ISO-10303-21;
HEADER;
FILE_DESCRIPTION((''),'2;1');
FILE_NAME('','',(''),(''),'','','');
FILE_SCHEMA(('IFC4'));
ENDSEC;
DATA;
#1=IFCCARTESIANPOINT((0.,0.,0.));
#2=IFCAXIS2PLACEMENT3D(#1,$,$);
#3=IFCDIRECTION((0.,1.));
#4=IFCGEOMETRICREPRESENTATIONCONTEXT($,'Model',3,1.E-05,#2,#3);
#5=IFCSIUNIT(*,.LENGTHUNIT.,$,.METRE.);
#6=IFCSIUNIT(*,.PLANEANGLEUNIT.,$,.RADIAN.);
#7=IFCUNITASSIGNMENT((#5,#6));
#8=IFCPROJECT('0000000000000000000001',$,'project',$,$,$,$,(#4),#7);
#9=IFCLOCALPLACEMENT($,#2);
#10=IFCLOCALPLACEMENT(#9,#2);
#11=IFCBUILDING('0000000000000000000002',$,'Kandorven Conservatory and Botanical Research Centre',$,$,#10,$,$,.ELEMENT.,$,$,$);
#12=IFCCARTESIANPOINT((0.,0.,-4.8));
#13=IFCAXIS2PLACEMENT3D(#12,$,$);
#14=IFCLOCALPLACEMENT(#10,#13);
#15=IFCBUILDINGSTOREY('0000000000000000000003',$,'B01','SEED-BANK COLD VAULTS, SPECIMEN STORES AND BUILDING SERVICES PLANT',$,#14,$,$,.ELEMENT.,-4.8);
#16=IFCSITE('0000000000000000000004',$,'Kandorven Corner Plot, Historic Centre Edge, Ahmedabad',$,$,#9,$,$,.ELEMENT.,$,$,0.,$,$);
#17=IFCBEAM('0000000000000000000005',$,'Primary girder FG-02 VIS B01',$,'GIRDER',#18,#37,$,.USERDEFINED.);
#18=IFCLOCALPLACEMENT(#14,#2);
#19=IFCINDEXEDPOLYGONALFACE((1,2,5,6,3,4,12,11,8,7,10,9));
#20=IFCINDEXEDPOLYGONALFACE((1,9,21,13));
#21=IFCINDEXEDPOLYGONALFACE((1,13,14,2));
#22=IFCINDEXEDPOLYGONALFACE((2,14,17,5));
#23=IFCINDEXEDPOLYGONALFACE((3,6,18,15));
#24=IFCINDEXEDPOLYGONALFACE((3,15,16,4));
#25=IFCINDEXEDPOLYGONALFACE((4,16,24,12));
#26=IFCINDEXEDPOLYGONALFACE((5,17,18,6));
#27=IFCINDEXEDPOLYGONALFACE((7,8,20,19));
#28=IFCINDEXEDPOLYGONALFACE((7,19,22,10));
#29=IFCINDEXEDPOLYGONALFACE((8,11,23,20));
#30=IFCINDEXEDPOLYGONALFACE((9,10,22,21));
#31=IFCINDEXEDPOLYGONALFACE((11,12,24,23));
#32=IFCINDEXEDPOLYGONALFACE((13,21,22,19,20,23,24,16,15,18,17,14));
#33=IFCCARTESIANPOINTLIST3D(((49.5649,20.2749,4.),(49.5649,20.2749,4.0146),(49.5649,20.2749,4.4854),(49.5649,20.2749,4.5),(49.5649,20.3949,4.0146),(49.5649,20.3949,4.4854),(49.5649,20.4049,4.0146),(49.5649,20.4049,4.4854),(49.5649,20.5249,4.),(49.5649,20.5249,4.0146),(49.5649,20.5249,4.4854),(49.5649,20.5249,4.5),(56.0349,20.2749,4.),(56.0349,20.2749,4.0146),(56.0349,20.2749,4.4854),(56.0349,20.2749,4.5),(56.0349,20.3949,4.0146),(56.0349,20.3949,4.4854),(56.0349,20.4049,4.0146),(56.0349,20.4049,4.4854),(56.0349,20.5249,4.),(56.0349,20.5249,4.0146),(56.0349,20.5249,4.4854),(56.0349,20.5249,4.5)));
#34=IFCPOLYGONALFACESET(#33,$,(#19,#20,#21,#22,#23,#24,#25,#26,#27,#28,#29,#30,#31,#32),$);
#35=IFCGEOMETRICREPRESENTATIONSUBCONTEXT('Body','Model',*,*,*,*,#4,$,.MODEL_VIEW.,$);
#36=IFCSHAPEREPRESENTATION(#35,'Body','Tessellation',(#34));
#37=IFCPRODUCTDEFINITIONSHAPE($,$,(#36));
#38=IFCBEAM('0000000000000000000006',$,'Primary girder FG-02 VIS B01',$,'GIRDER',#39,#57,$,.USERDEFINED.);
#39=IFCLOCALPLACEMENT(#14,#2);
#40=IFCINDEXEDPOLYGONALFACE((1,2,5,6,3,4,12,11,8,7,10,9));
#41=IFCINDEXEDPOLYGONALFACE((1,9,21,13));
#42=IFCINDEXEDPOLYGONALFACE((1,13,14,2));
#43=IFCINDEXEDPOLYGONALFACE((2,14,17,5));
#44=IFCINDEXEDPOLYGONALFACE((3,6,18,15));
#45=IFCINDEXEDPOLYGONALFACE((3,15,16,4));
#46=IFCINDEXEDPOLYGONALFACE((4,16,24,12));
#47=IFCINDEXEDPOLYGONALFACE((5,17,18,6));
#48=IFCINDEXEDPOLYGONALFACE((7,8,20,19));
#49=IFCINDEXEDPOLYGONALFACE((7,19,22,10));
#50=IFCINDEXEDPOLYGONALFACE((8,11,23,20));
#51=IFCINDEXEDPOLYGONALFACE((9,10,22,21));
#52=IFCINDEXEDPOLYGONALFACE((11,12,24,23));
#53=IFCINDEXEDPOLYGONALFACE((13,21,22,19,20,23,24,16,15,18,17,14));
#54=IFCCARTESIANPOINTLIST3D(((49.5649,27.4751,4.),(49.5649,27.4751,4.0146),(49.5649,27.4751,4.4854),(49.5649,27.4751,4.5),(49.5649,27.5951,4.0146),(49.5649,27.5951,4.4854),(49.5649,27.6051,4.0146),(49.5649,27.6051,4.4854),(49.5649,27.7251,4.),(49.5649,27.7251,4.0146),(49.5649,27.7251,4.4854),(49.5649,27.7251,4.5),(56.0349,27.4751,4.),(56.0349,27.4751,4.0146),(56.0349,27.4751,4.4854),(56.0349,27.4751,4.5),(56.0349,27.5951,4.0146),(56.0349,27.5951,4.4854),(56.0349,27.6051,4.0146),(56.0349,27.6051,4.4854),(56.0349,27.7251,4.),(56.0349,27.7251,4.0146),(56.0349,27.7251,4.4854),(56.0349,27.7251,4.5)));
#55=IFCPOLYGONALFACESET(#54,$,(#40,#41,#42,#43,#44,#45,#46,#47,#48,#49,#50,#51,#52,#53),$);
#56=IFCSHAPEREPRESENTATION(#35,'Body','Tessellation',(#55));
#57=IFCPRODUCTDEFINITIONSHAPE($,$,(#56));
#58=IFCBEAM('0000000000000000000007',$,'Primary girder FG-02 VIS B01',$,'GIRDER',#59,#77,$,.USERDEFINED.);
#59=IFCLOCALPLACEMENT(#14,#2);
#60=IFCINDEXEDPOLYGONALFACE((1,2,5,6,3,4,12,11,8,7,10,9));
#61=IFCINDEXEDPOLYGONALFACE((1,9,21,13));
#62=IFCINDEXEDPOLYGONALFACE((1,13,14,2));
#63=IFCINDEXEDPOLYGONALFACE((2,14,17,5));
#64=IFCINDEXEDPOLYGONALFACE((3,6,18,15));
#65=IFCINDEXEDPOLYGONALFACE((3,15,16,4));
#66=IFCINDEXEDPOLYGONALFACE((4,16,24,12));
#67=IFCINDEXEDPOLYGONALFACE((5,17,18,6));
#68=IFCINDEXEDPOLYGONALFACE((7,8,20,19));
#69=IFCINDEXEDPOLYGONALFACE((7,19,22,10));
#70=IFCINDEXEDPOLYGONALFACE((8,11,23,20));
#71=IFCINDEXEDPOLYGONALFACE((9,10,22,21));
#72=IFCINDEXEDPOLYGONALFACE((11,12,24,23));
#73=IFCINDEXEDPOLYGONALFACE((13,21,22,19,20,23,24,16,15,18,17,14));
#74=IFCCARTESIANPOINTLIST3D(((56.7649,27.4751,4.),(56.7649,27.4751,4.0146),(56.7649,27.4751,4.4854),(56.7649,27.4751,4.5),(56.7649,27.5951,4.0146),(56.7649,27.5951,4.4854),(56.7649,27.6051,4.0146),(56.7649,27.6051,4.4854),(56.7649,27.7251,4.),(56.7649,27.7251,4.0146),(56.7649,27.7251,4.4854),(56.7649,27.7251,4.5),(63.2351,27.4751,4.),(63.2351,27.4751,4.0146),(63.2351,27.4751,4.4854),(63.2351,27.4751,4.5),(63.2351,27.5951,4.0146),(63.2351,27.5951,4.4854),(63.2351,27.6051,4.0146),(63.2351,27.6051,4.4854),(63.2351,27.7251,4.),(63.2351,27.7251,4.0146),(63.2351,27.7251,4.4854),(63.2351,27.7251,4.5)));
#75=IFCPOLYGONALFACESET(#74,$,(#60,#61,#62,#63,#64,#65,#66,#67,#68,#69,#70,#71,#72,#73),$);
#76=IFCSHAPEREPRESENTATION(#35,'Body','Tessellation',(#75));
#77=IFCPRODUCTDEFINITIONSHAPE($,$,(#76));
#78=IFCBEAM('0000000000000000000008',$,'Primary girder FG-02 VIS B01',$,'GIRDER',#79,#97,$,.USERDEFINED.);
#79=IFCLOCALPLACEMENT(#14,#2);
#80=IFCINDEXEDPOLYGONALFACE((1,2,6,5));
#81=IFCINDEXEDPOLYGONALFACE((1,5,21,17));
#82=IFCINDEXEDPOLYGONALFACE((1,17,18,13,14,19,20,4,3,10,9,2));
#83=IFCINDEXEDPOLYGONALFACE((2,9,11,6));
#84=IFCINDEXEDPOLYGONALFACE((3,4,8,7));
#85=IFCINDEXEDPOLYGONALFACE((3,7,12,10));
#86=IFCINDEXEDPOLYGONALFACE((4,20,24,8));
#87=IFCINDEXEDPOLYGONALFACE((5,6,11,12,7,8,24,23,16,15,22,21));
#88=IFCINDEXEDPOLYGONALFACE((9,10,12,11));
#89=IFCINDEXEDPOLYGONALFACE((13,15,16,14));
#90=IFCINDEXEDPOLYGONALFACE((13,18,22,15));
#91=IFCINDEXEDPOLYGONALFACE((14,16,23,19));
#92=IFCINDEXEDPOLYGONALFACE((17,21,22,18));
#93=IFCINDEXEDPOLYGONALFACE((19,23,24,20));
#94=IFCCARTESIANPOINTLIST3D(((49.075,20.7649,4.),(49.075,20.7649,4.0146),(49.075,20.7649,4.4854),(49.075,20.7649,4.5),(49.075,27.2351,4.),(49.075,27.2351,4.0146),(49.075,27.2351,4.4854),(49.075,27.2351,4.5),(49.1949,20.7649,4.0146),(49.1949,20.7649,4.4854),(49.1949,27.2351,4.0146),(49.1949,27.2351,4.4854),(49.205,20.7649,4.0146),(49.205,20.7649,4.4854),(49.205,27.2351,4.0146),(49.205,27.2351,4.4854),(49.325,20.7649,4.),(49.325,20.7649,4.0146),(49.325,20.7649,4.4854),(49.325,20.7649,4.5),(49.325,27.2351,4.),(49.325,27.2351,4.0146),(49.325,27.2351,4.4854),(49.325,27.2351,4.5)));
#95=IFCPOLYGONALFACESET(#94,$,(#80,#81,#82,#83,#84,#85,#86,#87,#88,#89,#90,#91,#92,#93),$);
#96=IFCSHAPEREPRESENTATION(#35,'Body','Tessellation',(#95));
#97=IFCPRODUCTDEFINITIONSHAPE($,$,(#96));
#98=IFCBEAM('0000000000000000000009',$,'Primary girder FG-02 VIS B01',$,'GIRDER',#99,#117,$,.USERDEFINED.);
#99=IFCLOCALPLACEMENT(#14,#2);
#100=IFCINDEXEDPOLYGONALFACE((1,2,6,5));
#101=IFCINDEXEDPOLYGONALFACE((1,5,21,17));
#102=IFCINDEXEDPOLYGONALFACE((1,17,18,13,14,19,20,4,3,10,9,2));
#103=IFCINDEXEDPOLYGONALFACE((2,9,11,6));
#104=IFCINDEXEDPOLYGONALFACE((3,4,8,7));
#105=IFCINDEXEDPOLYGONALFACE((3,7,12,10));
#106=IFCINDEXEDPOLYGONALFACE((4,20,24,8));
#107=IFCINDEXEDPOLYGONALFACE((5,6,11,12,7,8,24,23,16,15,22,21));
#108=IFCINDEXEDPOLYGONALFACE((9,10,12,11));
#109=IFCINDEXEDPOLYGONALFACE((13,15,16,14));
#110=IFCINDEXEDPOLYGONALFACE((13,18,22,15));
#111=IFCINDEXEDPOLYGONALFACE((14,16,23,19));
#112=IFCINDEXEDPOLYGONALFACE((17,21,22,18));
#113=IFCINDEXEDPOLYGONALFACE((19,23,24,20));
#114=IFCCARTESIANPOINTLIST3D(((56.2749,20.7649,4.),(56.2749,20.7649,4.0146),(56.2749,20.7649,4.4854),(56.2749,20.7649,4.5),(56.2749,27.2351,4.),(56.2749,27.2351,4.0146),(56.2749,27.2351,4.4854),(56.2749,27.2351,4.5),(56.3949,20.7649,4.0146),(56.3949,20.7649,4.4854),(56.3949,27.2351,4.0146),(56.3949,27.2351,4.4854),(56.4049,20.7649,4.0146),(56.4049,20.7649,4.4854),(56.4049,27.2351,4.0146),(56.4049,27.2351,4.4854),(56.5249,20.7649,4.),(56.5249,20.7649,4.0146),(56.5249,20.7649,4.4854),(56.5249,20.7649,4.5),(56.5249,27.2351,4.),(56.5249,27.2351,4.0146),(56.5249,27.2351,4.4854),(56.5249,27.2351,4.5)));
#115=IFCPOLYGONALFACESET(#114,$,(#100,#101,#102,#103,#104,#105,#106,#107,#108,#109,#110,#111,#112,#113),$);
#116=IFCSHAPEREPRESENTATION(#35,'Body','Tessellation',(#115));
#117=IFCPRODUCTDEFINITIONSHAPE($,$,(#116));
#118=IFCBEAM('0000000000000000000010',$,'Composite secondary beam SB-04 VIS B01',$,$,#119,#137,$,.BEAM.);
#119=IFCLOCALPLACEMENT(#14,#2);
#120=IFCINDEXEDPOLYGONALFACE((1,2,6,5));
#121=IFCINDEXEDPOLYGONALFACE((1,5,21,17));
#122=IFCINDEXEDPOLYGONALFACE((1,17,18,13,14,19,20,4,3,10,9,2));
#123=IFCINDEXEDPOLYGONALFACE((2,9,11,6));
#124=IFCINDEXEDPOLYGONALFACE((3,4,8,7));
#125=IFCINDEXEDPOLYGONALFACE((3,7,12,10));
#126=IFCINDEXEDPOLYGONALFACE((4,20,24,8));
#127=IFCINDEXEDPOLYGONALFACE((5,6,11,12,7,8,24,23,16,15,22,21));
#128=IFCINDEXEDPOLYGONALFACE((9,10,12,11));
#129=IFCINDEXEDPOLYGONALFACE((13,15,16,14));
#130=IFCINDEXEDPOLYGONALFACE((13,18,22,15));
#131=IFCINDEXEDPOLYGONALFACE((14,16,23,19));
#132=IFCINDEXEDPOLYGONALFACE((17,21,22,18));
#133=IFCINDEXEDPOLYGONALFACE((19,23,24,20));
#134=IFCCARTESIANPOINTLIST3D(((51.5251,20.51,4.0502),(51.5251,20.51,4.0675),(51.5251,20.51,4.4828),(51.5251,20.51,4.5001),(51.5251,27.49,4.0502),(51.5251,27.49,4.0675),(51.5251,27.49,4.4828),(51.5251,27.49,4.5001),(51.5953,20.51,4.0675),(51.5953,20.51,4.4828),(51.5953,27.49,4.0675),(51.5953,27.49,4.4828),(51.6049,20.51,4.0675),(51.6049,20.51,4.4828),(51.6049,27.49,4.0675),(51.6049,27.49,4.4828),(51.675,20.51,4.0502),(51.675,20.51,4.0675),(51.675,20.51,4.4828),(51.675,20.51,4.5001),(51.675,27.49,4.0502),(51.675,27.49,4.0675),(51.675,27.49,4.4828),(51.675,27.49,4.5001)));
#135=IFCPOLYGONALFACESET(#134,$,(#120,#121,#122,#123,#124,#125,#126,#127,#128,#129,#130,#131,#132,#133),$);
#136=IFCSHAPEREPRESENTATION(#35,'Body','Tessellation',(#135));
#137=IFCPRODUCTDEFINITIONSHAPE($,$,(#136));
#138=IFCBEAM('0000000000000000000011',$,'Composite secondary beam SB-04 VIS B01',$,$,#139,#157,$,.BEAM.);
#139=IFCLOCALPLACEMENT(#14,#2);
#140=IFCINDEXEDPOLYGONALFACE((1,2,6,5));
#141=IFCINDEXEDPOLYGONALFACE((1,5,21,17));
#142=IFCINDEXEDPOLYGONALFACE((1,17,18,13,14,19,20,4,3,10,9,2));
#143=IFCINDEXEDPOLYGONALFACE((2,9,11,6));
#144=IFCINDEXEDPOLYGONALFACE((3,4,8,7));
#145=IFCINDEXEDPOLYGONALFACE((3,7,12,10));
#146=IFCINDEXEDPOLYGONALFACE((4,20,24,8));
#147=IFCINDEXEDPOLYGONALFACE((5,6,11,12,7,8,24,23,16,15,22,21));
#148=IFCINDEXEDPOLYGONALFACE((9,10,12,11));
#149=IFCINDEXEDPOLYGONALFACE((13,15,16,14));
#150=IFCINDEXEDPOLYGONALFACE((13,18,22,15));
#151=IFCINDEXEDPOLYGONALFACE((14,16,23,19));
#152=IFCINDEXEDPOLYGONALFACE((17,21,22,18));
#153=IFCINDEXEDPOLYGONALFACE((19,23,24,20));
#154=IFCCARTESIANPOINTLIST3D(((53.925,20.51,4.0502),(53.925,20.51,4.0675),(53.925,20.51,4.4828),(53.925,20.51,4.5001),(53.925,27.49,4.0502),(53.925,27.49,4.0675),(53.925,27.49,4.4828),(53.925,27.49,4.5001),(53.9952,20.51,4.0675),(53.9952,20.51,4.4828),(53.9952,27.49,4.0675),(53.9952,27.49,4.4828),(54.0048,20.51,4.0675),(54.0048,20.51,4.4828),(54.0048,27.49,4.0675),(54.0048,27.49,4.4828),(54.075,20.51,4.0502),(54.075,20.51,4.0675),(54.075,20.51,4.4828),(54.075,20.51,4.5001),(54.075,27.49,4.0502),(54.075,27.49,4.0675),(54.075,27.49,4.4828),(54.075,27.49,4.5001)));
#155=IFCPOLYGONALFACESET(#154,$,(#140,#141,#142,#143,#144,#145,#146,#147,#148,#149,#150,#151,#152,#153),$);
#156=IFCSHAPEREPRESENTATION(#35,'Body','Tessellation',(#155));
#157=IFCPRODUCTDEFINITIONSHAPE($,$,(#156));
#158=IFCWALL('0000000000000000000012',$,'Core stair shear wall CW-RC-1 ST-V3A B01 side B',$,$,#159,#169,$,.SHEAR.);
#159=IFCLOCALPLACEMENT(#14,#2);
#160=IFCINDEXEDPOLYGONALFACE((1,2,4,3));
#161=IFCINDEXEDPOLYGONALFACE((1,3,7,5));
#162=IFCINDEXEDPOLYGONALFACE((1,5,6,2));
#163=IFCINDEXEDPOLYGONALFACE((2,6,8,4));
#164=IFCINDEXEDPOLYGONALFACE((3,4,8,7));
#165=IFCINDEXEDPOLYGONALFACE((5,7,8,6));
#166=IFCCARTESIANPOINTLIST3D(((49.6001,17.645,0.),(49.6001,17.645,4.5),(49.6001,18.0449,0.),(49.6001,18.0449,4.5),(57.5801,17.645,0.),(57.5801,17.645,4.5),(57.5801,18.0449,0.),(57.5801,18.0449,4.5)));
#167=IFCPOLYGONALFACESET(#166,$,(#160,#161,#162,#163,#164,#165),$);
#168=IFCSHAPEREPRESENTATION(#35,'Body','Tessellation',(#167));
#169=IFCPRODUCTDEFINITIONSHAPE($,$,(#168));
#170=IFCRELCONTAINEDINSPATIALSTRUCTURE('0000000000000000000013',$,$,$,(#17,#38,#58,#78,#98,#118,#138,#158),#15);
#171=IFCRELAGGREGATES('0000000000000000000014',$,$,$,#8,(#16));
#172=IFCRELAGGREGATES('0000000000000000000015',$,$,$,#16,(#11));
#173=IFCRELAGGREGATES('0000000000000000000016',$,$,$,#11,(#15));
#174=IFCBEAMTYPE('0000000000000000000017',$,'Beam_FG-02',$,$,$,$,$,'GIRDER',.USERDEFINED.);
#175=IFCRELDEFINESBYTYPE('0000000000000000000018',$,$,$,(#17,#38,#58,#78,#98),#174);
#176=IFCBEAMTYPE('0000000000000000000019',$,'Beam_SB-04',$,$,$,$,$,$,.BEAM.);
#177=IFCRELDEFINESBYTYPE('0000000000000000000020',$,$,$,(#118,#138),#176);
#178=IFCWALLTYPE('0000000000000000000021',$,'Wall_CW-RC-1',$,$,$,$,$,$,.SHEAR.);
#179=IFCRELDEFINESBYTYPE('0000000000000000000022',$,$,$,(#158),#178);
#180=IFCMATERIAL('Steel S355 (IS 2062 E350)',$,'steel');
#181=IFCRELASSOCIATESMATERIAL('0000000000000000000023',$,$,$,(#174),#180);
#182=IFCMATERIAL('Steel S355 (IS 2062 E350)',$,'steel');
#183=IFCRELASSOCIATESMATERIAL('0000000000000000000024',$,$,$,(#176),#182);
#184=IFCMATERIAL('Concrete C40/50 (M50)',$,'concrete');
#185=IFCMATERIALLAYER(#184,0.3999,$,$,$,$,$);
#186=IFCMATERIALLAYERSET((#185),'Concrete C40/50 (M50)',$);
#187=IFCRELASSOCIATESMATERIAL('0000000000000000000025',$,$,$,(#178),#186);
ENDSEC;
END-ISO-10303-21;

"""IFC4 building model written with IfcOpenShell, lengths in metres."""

from ifc_helpers import new_model, si_unit, direction, frame, frame_2d, origin, origin_2d, place, context, subcontext, project, spatial, rectangle, i_section, extrude, material, layer, layer_set, material_profile, profile_set, type_object, element, save


model = new_model("IFC4")

# Units and contexts
model_context = context("Model", 3, precision=1e-05, world=origin(), true_north=direction((0.0, 1.0)))
body_context = subcontext(model_context, "Body", "Model", "MODEL_VIEW")
ifc_project = project(units=[si_unit("LENGTHUNIT", "METRE"), si_unit("PLANEANGLEUNIT", "RADIAN")], contexts=[model_context])

# Site, building, storey
site_placement = place(None, origin())
site = spatial("IfcSite", under=ifc_project, at=site_placement, Name="Kandorven Corner Plot, Historic Centre Edge, Ahmedabad", CompositionType="ELEMENT", RefElevation=0.0)
building_placement = place(site_placement, origin())
building = spatial("IfcBuilding", under=site, at=building_placement, Name="Kandorven Conservatory and Botanical Research Centre", CompositionType="ELEMENT")
storey_placement = place(building_placement, frame((0.0, 0.0, -4.8)))
storey = spatial("IfcBuildingStorey", under=building, at=storey_placement, Name="B01", Description="SEED-BANK COLD VAULTS, SPECIMEN STORES AND BUILDING SERVICES PLANT", CompositionType="ELEMENT", Elevation=-4.8)

# Beams
ifc_material_1 = material(Name="Steel S355 (IS 2062 E350)", Category="steel")
ifc_material_profile_1 = material_profile(ifc_material_1, i_section(OverallWidth=0.25, OverallDepth=0.5, WebThickness=0.01, FlangeThickness=0.0146, at=origin_2d()))
ifc_profile_set_1 = profile_set([ifc_material_profile_1], Name="Steel S355 (IS 2062 E350)")
beam_type_1 = type_object("IfcBeamType", Name="Beam_FG-02", ElementType="GIRDER", PredefinedType="USERDEFINED", material=ifc_profile_set_1)
for number, where, z_axis, x_axis, name in (
    (1, (49.5649, 20.3999, 4.25), (1.0, 0.0, 0.0), (0.0, 1.0, 0.0), "Primary girder FG-02 VIS B01"),
    (2, (49.5649, 27.6001, 4.25), (1.0, 0.0, 0.0), (0.0, 1.0, 0.0), "Primary girder FG-02 VIS B01"),
):
    element("IfcBeam", number, at=place(storey_placement, frame(where, z_axis=z_axis, x_axis=x_axis)), inside=storey, type_object=beam_type_1, Name=name, ObjectType="GIRDER", PredefinedType="USERDEFINED", context=body_context, shape_type="SweptSolid", body=[
        extrude(i_section(OverallWidth=0.25, OverallDepth=0.5, WebThickness=0.01, FlangeThickness=0.0146, at=origin_2d()), origin(), (0.0, 0.0, 1.0), 6.47),
    ])
for number, where, z_axis, x_axis, name in (
    (3, (56.7649, 27.6001, 4.25), (1.0, 0.0, 0.0), (0.0, 1.0, 0.0), "Primary girder FG-02 VIS B01"),
    (4, (49.2, 20.7649, 4.25), (0.0, 1.0, 0.0), (-1.0, 0.0, 0.0), "Primary girder FG-02 VIS B01"),
    (5, (56.3999, 20.7649, 4.25), (0.0, 1.0, 0.0), (-1.0, 0.0, 0.0), "Primary girder FG-02 VIS B01"),
):
    element("IfcBeam", number, at=place(storey_placement, frame(where, z_axis=z_axis, x_axis=x_axis)), inside=storey, type_object=beam_type_1, Name=name, ObjectType="GIRDER", PredefinedType="USERDEFINED", context=body_context, shape_type="SweptSolid", body=[
        extrude(i_section(OverallWidth=0.25, OverallDepth=0.5, WebThickness=0.01, FlangeThickness=0.0146, at=origin_2d()), origin(), (0.0, 0.0, 1.0), 6.4702),
    ])
ifc_material_2 = material(Name="Steel S355 (IS 2062 E350)", Category="steel")
ifc_material_profile_2 = material_profile(ifc_material_2, i_section(OverallWidth=0.1499, OverallDepth=0.45, WebThickness=0.0095, FlangeThickness=0.0173, at=origin_2d()))
ifc_profile_set_2 = profile_set([ifc_material_profile_2], Name="Steel S355 (IS 2062 E350)")
beam_type_2 = type_object("IfcBeamType", Name="Beam_SB-04", PredefinedType="BEAM", material=ifc_profile_set_2)
for number, where, z_axis, x_axis, name in (
    (6, (51.6001, 20.51, 4.2751), (0.0, 1.0, 0.0), (-1.0, 0.0, 0.0), "Composite secondary beam SB-04 VIS B01"),
    (7, (54.0, 20.51, 4.2751), (0.0, 1.0, 0.0), (-1.0, 0.0, 0.0), "Composite secondary beam SB-04 VIS B01"),
):
    element("IfcBeam", number, at=place(storey_placement, frame(where, z_axis=z_axis, x_axis=x_axis)), inside=storey, type_object=beam_type_2, Name=name, PredefinedType="BEAM", context=body_context, shape_type="SweptSolid", body=[
        extrude(i_section(OverallWidth=0.1499, OverallDepth=0.45, WebThickness=0.0095, FlangeThickness=0.0173, at=origin_2d()), origin(), (0.0, 0.0, 1.0), 6.98),
    ])

# Wall
ifc_material_3 = material(Name="Concrete C40/50 (M50)", Category="concrete")
ifc_layer_1 = layer(ifc_material_3, 0.3999)
ifc_layer_set_1 = layer_set([ifc_layer_1], Name="Concrete C40/50 (M50)")
wall_type = type_object("IfcWallType", Name="Wall_CW-RC-1", PredefinedType="SHEAR", material=ifc_layer_set_1)
wall_placement = place(storey_placement, frame((49.6001, 17.845, 0.0), z_axis=(0.0, 0.0, 1.0), x_axis=(1.0, 0.0, 0.0)))
element("IfcWall", 8, at=wall_placement, inside=storey, type_object=wall_type, Name="Core stair shear wall CW-RC-1 ST-V3A B01 side B", PredefinedType="SHEAR", context=body_context, shape_type="SweptSolid", body=[
    extrude(rectangle(XDim=7.98, YDim=0.3999, at=frame_2d((3.99, 0.0))), origin(), (0.0, 0.0, 1.0), 4.5),
])

save(model, "model.ifc")
